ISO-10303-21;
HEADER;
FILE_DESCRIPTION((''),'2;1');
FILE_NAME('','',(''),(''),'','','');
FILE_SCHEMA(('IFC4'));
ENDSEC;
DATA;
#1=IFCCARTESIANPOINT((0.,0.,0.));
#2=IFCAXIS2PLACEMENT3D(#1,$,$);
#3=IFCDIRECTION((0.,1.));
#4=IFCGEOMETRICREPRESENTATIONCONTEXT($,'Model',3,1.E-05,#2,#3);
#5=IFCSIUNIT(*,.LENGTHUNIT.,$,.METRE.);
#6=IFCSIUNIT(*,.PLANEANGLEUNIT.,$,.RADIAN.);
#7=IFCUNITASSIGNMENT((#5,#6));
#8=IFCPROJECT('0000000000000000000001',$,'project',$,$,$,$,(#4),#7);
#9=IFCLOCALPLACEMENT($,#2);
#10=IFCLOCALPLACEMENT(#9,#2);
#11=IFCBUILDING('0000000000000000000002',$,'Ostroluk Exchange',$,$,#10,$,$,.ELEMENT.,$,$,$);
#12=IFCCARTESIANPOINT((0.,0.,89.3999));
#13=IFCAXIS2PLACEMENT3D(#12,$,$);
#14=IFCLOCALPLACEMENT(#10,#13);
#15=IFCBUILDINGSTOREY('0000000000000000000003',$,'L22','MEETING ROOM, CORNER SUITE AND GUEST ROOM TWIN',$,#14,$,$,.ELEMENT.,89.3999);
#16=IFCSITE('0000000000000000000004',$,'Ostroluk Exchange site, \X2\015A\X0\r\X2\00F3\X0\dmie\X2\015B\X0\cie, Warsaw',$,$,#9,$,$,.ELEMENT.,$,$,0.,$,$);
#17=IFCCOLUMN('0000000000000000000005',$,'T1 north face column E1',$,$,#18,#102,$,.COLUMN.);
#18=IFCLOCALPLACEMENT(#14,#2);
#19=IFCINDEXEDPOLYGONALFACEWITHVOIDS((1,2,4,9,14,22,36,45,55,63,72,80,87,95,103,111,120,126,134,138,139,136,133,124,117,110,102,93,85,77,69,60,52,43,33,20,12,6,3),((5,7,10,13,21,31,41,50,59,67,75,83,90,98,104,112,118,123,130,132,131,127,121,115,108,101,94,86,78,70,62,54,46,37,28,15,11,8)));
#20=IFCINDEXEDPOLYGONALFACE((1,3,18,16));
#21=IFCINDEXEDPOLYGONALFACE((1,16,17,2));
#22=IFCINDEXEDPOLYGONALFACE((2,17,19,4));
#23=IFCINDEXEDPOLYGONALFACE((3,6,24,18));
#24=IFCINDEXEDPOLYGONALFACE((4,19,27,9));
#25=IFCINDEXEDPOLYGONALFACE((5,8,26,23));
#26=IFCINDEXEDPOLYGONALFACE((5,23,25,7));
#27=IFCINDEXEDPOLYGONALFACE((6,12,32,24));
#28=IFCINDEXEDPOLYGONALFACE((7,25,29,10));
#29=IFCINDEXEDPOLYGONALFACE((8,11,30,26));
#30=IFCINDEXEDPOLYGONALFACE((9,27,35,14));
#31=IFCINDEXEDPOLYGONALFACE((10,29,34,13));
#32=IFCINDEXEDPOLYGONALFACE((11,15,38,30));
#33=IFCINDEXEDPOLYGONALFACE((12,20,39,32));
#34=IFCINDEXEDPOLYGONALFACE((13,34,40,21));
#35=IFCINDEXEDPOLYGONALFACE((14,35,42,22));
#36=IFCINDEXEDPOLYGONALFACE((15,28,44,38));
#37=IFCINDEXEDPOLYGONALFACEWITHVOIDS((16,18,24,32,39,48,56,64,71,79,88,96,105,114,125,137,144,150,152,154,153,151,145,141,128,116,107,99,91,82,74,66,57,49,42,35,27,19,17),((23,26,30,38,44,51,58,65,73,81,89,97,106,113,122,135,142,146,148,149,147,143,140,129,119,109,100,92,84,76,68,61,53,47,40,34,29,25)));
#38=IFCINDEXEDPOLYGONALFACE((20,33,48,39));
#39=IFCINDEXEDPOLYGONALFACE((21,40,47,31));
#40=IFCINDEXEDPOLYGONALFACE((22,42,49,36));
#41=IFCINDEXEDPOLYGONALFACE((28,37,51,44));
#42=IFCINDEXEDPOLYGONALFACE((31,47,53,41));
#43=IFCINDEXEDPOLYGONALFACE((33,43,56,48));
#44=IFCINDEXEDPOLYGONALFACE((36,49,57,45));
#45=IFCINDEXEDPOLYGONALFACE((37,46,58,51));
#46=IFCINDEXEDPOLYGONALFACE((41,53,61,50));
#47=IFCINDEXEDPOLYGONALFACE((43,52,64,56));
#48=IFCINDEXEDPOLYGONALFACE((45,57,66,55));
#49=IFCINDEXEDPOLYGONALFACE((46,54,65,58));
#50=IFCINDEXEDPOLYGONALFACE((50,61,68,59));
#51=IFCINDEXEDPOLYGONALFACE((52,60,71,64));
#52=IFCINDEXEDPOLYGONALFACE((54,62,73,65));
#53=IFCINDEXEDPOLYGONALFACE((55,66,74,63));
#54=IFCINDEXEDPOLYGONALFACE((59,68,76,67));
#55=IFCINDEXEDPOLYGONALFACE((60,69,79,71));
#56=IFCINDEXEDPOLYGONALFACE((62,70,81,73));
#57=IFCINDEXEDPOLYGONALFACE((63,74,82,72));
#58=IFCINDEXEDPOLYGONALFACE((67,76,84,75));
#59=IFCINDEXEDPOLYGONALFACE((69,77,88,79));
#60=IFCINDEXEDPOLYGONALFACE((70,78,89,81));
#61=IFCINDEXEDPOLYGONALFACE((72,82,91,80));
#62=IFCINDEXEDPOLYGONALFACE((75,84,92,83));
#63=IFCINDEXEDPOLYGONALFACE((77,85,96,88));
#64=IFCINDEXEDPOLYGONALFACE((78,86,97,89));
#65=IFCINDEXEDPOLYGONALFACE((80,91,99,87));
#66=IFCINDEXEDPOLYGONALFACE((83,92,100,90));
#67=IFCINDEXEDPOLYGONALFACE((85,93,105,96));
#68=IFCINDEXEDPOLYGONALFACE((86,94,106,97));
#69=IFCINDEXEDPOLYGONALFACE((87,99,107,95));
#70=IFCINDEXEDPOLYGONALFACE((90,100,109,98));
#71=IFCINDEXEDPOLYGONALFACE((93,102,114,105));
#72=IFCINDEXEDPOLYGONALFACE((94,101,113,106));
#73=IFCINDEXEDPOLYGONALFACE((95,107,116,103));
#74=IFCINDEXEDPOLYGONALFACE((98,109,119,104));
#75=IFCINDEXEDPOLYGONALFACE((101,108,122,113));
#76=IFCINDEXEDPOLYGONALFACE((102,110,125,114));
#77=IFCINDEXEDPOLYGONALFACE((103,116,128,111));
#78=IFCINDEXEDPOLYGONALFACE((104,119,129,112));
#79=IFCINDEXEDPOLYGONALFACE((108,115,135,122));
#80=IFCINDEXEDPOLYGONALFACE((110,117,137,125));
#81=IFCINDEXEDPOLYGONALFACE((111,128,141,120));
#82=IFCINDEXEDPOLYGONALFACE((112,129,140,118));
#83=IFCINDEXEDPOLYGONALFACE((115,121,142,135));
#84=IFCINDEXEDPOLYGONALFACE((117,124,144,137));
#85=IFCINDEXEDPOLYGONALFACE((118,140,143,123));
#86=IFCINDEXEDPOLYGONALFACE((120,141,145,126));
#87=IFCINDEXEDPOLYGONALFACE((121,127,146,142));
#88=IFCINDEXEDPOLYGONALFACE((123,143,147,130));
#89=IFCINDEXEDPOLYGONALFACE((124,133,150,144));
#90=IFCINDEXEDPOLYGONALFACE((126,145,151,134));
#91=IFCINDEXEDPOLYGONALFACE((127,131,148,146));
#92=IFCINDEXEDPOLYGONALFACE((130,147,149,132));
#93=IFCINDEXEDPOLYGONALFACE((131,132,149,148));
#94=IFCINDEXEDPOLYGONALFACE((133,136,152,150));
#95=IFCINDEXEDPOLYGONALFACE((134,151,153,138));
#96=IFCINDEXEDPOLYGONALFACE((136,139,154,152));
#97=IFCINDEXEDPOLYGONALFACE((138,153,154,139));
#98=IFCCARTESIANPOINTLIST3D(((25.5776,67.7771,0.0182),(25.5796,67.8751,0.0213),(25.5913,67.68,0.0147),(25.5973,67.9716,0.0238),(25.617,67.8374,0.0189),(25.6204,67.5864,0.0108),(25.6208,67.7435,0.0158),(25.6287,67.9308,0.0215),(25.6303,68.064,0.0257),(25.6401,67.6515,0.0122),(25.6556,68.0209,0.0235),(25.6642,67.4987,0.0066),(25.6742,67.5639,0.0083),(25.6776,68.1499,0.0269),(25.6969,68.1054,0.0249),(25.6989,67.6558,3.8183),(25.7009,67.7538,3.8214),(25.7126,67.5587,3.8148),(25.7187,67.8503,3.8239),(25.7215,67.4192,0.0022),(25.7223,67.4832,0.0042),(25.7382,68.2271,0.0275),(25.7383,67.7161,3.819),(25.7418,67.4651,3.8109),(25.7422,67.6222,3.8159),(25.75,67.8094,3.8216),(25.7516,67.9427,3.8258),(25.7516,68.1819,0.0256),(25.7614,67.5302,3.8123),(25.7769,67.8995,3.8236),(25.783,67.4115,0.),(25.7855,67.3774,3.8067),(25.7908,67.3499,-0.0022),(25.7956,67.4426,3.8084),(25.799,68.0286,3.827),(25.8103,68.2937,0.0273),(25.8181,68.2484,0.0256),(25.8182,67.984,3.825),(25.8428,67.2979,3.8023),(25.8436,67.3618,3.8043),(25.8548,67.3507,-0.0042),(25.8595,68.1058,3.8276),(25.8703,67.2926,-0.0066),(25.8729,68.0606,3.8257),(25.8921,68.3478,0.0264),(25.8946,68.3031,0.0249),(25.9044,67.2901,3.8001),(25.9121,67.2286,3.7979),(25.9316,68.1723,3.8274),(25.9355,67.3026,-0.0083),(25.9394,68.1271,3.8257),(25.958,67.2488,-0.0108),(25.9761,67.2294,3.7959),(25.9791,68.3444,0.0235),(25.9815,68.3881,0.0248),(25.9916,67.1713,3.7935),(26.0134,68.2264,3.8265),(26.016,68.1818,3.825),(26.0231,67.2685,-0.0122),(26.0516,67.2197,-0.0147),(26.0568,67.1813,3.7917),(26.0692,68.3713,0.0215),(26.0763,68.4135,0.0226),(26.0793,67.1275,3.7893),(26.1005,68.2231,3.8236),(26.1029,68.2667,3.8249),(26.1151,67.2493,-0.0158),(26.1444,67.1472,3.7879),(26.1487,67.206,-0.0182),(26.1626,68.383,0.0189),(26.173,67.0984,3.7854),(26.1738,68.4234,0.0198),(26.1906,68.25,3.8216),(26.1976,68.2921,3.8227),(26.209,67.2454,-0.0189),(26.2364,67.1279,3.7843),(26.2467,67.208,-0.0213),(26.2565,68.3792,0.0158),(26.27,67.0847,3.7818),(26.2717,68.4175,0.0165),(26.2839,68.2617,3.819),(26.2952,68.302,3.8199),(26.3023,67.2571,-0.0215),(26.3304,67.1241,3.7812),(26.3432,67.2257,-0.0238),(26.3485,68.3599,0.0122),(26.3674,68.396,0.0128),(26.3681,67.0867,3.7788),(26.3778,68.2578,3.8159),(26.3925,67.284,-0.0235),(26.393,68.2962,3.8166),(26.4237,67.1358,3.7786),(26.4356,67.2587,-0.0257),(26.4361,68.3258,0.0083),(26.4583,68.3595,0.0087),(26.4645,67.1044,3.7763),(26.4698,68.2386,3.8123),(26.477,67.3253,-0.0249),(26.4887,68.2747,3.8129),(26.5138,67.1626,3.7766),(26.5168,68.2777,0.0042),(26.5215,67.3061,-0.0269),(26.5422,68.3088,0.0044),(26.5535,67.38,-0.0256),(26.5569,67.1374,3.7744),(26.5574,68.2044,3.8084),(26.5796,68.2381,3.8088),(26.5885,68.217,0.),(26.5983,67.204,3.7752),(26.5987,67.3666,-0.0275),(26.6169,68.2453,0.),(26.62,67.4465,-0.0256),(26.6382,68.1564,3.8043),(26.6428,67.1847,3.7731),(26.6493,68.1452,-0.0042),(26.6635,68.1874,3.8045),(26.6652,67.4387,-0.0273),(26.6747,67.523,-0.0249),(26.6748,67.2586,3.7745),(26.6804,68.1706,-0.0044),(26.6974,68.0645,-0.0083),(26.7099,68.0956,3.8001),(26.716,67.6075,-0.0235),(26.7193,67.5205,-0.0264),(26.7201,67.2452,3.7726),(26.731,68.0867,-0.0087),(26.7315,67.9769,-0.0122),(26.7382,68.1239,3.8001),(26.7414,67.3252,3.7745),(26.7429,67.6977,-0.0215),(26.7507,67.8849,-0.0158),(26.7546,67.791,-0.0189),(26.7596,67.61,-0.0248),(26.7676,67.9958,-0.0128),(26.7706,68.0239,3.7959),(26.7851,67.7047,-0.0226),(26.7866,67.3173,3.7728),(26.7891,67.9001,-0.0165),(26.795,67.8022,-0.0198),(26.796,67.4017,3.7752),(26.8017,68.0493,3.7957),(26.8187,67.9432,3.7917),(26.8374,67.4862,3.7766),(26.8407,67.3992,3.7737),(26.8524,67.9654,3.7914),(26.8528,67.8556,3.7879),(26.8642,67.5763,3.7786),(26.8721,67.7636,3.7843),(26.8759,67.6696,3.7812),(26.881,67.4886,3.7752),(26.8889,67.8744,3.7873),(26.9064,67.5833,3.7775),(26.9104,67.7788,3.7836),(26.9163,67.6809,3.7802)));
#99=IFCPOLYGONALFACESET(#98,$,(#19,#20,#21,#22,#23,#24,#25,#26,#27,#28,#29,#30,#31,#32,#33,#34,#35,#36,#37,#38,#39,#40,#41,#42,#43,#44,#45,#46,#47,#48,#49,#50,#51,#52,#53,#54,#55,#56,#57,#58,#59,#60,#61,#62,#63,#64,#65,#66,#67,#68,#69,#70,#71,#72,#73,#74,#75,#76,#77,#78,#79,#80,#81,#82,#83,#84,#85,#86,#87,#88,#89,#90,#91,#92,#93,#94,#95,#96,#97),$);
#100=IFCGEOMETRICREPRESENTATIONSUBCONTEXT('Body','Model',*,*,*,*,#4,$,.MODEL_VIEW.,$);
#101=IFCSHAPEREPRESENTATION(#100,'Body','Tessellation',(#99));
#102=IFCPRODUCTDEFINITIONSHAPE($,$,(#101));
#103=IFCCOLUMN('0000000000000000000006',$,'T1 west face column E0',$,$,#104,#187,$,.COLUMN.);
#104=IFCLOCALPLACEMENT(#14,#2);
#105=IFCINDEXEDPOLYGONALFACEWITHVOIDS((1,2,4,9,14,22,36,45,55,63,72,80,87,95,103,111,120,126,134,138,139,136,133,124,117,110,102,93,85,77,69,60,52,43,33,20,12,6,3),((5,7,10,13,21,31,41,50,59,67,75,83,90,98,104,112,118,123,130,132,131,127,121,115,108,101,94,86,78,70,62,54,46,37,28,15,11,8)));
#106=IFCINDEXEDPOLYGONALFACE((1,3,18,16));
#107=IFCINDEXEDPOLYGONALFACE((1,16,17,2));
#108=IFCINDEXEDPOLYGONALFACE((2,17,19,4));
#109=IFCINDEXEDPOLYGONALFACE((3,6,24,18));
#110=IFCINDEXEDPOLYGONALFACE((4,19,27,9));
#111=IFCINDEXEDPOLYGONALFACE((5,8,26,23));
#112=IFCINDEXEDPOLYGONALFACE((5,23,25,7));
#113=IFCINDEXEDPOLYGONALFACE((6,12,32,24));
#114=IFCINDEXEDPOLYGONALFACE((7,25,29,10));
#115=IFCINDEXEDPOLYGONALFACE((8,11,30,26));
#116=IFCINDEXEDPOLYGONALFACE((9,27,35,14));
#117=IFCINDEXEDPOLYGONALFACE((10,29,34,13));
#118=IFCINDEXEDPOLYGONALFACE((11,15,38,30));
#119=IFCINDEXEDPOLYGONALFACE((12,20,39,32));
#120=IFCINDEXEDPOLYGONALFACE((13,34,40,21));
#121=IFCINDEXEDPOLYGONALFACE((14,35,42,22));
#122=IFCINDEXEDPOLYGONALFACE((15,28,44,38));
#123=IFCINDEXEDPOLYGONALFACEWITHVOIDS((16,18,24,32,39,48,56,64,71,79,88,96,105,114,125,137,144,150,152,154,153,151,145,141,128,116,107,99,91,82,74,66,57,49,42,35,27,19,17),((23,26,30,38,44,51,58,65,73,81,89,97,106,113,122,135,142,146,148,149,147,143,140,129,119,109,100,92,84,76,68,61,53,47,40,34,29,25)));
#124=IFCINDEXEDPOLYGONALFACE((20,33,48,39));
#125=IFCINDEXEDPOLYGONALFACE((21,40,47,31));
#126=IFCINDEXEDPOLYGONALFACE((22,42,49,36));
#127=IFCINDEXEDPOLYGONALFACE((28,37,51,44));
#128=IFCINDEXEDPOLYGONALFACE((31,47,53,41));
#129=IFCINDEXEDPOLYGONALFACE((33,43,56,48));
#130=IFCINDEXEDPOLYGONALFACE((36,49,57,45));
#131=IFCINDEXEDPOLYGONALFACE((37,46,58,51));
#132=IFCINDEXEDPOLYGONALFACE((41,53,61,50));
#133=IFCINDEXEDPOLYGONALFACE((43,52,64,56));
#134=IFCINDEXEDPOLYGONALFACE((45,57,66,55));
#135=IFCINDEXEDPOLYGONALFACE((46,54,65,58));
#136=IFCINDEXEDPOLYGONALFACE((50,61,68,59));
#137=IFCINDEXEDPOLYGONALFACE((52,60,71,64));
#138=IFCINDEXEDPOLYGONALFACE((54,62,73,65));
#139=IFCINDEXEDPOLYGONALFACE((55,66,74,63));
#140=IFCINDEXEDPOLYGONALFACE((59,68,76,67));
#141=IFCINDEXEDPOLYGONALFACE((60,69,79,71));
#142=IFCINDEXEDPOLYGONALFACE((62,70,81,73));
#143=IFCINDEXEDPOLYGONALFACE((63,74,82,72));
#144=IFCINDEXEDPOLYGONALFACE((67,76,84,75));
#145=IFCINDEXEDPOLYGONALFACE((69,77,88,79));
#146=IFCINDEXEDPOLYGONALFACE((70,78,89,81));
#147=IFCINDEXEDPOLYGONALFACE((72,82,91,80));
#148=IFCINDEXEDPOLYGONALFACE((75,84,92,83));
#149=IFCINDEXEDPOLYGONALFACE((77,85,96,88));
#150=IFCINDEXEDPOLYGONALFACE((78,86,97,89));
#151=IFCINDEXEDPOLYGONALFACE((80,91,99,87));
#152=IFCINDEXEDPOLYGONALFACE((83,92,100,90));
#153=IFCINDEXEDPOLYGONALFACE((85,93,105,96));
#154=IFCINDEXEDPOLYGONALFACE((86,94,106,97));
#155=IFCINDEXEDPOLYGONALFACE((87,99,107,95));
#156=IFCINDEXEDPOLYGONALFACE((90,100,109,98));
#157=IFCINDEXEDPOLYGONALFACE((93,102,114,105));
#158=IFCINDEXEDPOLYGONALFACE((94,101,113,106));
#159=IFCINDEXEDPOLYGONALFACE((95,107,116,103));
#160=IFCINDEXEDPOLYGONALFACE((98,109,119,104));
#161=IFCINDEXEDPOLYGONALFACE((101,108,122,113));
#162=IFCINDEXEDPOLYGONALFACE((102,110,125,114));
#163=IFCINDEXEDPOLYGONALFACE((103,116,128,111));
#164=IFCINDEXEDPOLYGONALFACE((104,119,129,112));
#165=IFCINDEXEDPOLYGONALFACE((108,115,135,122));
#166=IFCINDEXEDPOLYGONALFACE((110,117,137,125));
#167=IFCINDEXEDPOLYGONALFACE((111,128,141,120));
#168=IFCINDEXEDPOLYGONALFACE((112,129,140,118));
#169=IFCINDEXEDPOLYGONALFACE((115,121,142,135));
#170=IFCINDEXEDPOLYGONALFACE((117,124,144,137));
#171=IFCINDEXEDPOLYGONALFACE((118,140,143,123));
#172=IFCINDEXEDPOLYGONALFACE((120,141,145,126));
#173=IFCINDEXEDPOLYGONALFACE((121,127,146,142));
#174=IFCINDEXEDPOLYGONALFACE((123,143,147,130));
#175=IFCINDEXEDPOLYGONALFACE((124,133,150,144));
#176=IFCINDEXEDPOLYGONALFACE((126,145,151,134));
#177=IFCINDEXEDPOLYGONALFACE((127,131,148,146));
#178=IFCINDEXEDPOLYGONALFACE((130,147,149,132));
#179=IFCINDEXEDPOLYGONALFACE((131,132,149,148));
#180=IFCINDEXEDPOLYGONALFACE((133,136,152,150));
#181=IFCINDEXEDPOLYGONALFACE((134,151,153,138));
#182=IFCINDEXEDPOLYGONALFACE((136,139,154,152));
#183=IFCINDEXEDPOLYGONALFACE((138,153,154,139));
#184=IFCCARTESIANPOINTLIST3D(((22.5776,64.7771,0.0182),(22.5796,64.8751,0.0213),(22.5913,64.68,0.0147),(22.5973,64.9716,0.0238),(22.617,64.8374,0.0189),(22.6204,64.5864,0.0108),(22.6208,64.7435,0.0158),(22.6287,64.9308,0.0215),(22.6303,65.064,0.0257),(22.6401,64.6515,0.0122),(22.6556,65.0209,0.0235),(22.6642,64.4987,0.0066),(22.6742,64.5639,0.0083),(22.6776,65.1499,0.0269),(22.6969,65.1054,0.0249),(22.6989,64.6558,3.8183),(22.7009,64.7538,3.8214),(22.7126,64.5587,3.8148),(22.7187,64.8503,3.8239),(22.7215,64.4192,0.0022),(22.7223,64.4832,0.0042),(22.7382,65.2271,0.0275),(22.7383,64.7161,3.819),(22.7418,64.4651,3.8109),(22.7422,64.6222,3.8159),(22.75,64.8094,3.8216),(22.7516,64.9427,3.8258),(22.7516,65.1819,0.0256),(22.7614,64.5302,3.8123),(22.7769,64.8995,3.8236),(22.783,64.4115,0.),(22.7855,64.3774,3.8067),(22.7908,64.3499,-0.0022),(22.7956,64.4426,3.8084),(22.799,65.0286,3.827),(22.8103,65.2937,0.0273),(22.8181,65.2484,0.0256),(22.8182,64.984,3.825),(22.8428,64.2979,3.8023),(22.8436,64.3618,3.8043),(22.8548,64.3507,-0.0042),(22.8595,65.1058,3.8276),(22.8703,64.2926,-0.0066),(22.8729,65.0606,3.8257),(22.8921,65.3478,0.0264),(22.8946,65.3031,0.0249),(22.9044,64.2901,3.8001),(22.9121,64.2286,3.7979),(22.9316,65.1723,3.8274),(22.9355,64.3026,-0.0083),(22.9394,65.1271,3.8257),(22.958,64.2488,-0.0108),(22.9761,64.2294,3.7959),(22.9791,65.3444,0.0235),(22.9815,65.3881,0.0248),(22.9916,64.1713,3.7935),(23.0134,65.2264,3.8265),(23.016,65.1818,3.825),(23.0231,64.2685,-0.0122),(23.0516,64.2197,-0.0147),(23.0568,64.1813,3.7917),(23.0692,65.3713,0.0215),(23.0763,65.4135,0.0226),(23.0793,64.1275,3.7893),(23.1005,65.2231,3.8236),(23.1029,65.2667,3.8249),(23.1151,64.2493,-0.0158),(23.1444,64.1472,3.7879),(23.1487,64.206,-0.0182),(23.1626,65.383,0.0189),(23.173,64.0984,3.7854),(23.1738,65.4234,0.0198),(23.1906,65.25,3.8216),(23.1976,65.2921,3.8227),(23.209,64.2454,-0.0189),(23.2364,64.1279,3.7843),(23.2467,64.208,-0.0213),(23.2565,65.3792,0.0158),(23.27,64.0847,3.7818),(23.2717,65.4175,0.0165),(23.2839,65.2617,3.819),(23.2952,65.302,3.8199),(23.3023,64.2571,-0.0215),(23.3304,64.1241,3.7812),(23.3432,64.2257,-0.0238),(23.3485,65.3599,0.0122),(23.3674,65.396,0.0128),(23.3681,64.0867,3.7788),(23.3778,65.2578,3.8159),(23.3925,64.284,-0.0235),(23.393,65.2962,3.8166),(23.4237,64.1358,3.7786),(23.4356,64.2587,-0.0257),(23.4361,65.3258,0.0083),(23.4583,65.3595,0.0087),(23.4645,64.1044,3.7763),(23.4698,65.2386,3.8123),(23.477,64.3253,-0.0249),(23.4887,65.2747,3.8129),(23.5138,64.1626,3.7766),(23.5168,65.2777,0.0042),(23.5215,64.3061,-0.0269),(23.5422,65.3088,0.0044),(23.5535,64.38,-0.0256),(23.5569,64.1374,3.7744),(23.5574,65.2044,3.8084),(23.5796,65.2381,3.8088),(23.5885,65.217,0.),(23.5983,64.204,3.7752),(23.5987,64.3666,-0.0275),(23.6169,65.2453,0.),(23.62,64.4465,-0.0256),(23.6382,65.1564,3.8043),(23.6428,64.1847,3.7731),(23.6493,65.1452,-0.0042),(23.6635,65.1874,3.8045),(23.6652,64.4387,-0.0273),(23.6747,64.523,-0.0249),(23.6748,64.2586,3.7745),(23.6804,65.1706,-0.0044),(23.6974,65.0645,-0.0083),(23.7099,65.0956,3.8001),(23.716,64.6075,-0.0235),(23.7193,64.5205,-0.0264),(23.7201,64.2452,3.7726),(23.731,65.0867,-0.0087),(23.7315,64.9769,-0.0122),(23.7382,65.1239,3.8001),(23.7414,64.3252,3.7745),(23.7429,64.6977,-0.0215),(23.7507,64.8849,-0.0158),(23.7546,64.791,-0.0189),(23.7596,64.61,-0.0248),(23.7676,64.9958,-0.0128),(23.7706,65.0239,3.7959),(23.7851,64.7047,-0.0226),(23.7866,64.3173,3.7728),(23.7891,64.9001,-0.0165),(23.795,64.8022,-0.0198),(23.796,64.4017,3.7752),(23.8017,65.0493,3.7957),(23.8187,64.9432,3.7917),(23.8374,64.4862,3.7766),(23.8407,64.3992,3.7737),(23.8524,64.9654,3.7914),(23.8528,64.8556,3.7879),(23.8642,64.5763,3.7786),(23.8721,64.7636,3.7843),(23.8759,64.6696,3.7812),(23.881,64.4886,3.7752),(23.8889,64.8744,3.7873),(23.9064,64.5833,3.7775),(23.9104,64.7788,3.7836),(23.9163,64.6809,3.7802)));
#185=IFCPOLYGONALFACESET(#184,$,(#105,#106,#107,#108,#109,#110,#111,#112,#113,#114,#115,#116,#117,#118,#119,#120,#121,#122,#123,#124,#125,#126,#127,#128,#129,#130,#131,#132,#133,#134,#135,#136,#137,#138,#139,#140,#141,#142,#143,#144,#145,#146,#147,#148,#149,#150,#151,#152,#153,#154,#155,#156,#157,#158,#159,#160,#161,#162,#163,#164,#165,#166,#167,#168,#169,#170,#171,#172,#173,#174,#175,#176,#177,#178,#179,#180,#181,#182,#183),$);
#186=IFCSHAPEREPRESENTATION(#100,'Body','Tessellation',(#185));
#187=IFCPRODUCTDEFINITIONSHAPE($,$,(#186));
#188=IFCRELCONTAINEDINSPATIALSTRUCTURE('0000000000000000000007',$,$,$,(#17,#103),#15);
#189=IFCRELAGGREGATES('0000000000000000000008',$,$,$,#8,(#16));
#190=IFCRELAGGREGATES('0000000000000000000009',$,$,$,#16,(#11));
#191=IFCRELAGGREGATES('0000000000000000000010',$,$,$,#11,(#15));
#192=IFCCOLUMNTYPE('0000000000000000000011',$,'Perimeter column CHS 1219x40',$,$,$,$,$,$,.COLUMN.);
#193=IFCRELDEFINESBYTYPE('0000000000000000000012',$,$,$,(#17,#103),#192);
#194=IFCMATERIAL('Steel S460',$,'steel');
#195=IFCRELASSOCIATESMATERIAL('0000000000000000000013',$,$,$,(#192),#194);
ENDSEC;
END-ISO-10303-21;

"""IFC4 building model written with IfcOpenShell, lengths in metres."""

from ifc_helpers import new_model, si_unit, direction, frame, origin, origin_2d, place, context, subcontext, project, spatial, hollow_circle, extrude, material, material_profile, profile_set, type_object, element, save


model = new_model("IFC4")

# Units and contexts
model_context = context("Model", 3, precision=1e-05, world=origin(), true_north=direction((0.0, 1.0)))
body_context = subcontext(model_context, "Body", "Model", "MODEL_VIEW")
ifc_project = project(units=[si_unit("LENGTHUNIT", "METRE"), si_unit("PLANEANGLEUNIT", "RADIAN")], contexts=[model_context])

# Site, building, storey
site_placement = place(None, origin())
site = spatial("IfcSite", under=ifc_project, at=site_placement, Name="Ostroluk Exchange site, Śródmieście, Warsaw", CompositionType="ELEMENT", RefElevation=0.0)
building_placement = place(site_placement, origin())
building = spatial("IfcBuilding", under=site, at=building_placement, Name="Ostroluk Exchange", CompositionType="ELEMENT")
storey_placement = place(building_placement, frame((0.0, 0.0, 89.3999)))
storey = spatial("IfcBuildingStorey", under=building, at=storey_placement, Name="L22", Description="MEETING ROOM, CORNER SUITE AND GUEST ROOM TWIN", CompositionType="ELEMENT", Elevation=89.3999)

# Columns
ifc_material_1 = material(Name="Steel S460", Category="steel")
ifc_material_profile_1 = material_profile(ifc_material_1, hollow_circle(Radius=0.6096, WallThickness=0.04, at=origin_2d()), Name="CHS 1219x40")
ifc_profile_set_1 = profile_set([ifc_material_profile_1], Name="Steel S460")
column_type = type_object("IfcColumnType", Name="Perimeter column CHS 1219x40", PredefinedType="COLUMN", material=ifc_profile_set_1)
for number, where, z_axis, x_axis, name in (
    (1, (26.1858, 67.8142, 0.0), (0.031898, -0.031898, 0.998982), (0.707107, 0.707107, 0.0), "T1 north face column E1"),
    (2, (23.1858, 64.8142, 0.0), (0.031898, -0.031898, 0.998982), (0.707107, 0.707107, 0.0), "T1 west face column E0"),
):
    element("IfcColumn", number, at=place(storey_placement, frame(where, z_axis=z_axis, x_axis=x_axis)), inside=storey, type_object=column_type, Name=name, PredefinedType="COLUMN", context=body_context, shape_type="SweptSolid", body=[
        extrude(hollow_circle(Radius=0.6096, WallThickness=0.04, at=origin_2d()), origin(), (0.0, 0.0, 1.0), 3.804),
    ])

save(model, "model.ifc")
